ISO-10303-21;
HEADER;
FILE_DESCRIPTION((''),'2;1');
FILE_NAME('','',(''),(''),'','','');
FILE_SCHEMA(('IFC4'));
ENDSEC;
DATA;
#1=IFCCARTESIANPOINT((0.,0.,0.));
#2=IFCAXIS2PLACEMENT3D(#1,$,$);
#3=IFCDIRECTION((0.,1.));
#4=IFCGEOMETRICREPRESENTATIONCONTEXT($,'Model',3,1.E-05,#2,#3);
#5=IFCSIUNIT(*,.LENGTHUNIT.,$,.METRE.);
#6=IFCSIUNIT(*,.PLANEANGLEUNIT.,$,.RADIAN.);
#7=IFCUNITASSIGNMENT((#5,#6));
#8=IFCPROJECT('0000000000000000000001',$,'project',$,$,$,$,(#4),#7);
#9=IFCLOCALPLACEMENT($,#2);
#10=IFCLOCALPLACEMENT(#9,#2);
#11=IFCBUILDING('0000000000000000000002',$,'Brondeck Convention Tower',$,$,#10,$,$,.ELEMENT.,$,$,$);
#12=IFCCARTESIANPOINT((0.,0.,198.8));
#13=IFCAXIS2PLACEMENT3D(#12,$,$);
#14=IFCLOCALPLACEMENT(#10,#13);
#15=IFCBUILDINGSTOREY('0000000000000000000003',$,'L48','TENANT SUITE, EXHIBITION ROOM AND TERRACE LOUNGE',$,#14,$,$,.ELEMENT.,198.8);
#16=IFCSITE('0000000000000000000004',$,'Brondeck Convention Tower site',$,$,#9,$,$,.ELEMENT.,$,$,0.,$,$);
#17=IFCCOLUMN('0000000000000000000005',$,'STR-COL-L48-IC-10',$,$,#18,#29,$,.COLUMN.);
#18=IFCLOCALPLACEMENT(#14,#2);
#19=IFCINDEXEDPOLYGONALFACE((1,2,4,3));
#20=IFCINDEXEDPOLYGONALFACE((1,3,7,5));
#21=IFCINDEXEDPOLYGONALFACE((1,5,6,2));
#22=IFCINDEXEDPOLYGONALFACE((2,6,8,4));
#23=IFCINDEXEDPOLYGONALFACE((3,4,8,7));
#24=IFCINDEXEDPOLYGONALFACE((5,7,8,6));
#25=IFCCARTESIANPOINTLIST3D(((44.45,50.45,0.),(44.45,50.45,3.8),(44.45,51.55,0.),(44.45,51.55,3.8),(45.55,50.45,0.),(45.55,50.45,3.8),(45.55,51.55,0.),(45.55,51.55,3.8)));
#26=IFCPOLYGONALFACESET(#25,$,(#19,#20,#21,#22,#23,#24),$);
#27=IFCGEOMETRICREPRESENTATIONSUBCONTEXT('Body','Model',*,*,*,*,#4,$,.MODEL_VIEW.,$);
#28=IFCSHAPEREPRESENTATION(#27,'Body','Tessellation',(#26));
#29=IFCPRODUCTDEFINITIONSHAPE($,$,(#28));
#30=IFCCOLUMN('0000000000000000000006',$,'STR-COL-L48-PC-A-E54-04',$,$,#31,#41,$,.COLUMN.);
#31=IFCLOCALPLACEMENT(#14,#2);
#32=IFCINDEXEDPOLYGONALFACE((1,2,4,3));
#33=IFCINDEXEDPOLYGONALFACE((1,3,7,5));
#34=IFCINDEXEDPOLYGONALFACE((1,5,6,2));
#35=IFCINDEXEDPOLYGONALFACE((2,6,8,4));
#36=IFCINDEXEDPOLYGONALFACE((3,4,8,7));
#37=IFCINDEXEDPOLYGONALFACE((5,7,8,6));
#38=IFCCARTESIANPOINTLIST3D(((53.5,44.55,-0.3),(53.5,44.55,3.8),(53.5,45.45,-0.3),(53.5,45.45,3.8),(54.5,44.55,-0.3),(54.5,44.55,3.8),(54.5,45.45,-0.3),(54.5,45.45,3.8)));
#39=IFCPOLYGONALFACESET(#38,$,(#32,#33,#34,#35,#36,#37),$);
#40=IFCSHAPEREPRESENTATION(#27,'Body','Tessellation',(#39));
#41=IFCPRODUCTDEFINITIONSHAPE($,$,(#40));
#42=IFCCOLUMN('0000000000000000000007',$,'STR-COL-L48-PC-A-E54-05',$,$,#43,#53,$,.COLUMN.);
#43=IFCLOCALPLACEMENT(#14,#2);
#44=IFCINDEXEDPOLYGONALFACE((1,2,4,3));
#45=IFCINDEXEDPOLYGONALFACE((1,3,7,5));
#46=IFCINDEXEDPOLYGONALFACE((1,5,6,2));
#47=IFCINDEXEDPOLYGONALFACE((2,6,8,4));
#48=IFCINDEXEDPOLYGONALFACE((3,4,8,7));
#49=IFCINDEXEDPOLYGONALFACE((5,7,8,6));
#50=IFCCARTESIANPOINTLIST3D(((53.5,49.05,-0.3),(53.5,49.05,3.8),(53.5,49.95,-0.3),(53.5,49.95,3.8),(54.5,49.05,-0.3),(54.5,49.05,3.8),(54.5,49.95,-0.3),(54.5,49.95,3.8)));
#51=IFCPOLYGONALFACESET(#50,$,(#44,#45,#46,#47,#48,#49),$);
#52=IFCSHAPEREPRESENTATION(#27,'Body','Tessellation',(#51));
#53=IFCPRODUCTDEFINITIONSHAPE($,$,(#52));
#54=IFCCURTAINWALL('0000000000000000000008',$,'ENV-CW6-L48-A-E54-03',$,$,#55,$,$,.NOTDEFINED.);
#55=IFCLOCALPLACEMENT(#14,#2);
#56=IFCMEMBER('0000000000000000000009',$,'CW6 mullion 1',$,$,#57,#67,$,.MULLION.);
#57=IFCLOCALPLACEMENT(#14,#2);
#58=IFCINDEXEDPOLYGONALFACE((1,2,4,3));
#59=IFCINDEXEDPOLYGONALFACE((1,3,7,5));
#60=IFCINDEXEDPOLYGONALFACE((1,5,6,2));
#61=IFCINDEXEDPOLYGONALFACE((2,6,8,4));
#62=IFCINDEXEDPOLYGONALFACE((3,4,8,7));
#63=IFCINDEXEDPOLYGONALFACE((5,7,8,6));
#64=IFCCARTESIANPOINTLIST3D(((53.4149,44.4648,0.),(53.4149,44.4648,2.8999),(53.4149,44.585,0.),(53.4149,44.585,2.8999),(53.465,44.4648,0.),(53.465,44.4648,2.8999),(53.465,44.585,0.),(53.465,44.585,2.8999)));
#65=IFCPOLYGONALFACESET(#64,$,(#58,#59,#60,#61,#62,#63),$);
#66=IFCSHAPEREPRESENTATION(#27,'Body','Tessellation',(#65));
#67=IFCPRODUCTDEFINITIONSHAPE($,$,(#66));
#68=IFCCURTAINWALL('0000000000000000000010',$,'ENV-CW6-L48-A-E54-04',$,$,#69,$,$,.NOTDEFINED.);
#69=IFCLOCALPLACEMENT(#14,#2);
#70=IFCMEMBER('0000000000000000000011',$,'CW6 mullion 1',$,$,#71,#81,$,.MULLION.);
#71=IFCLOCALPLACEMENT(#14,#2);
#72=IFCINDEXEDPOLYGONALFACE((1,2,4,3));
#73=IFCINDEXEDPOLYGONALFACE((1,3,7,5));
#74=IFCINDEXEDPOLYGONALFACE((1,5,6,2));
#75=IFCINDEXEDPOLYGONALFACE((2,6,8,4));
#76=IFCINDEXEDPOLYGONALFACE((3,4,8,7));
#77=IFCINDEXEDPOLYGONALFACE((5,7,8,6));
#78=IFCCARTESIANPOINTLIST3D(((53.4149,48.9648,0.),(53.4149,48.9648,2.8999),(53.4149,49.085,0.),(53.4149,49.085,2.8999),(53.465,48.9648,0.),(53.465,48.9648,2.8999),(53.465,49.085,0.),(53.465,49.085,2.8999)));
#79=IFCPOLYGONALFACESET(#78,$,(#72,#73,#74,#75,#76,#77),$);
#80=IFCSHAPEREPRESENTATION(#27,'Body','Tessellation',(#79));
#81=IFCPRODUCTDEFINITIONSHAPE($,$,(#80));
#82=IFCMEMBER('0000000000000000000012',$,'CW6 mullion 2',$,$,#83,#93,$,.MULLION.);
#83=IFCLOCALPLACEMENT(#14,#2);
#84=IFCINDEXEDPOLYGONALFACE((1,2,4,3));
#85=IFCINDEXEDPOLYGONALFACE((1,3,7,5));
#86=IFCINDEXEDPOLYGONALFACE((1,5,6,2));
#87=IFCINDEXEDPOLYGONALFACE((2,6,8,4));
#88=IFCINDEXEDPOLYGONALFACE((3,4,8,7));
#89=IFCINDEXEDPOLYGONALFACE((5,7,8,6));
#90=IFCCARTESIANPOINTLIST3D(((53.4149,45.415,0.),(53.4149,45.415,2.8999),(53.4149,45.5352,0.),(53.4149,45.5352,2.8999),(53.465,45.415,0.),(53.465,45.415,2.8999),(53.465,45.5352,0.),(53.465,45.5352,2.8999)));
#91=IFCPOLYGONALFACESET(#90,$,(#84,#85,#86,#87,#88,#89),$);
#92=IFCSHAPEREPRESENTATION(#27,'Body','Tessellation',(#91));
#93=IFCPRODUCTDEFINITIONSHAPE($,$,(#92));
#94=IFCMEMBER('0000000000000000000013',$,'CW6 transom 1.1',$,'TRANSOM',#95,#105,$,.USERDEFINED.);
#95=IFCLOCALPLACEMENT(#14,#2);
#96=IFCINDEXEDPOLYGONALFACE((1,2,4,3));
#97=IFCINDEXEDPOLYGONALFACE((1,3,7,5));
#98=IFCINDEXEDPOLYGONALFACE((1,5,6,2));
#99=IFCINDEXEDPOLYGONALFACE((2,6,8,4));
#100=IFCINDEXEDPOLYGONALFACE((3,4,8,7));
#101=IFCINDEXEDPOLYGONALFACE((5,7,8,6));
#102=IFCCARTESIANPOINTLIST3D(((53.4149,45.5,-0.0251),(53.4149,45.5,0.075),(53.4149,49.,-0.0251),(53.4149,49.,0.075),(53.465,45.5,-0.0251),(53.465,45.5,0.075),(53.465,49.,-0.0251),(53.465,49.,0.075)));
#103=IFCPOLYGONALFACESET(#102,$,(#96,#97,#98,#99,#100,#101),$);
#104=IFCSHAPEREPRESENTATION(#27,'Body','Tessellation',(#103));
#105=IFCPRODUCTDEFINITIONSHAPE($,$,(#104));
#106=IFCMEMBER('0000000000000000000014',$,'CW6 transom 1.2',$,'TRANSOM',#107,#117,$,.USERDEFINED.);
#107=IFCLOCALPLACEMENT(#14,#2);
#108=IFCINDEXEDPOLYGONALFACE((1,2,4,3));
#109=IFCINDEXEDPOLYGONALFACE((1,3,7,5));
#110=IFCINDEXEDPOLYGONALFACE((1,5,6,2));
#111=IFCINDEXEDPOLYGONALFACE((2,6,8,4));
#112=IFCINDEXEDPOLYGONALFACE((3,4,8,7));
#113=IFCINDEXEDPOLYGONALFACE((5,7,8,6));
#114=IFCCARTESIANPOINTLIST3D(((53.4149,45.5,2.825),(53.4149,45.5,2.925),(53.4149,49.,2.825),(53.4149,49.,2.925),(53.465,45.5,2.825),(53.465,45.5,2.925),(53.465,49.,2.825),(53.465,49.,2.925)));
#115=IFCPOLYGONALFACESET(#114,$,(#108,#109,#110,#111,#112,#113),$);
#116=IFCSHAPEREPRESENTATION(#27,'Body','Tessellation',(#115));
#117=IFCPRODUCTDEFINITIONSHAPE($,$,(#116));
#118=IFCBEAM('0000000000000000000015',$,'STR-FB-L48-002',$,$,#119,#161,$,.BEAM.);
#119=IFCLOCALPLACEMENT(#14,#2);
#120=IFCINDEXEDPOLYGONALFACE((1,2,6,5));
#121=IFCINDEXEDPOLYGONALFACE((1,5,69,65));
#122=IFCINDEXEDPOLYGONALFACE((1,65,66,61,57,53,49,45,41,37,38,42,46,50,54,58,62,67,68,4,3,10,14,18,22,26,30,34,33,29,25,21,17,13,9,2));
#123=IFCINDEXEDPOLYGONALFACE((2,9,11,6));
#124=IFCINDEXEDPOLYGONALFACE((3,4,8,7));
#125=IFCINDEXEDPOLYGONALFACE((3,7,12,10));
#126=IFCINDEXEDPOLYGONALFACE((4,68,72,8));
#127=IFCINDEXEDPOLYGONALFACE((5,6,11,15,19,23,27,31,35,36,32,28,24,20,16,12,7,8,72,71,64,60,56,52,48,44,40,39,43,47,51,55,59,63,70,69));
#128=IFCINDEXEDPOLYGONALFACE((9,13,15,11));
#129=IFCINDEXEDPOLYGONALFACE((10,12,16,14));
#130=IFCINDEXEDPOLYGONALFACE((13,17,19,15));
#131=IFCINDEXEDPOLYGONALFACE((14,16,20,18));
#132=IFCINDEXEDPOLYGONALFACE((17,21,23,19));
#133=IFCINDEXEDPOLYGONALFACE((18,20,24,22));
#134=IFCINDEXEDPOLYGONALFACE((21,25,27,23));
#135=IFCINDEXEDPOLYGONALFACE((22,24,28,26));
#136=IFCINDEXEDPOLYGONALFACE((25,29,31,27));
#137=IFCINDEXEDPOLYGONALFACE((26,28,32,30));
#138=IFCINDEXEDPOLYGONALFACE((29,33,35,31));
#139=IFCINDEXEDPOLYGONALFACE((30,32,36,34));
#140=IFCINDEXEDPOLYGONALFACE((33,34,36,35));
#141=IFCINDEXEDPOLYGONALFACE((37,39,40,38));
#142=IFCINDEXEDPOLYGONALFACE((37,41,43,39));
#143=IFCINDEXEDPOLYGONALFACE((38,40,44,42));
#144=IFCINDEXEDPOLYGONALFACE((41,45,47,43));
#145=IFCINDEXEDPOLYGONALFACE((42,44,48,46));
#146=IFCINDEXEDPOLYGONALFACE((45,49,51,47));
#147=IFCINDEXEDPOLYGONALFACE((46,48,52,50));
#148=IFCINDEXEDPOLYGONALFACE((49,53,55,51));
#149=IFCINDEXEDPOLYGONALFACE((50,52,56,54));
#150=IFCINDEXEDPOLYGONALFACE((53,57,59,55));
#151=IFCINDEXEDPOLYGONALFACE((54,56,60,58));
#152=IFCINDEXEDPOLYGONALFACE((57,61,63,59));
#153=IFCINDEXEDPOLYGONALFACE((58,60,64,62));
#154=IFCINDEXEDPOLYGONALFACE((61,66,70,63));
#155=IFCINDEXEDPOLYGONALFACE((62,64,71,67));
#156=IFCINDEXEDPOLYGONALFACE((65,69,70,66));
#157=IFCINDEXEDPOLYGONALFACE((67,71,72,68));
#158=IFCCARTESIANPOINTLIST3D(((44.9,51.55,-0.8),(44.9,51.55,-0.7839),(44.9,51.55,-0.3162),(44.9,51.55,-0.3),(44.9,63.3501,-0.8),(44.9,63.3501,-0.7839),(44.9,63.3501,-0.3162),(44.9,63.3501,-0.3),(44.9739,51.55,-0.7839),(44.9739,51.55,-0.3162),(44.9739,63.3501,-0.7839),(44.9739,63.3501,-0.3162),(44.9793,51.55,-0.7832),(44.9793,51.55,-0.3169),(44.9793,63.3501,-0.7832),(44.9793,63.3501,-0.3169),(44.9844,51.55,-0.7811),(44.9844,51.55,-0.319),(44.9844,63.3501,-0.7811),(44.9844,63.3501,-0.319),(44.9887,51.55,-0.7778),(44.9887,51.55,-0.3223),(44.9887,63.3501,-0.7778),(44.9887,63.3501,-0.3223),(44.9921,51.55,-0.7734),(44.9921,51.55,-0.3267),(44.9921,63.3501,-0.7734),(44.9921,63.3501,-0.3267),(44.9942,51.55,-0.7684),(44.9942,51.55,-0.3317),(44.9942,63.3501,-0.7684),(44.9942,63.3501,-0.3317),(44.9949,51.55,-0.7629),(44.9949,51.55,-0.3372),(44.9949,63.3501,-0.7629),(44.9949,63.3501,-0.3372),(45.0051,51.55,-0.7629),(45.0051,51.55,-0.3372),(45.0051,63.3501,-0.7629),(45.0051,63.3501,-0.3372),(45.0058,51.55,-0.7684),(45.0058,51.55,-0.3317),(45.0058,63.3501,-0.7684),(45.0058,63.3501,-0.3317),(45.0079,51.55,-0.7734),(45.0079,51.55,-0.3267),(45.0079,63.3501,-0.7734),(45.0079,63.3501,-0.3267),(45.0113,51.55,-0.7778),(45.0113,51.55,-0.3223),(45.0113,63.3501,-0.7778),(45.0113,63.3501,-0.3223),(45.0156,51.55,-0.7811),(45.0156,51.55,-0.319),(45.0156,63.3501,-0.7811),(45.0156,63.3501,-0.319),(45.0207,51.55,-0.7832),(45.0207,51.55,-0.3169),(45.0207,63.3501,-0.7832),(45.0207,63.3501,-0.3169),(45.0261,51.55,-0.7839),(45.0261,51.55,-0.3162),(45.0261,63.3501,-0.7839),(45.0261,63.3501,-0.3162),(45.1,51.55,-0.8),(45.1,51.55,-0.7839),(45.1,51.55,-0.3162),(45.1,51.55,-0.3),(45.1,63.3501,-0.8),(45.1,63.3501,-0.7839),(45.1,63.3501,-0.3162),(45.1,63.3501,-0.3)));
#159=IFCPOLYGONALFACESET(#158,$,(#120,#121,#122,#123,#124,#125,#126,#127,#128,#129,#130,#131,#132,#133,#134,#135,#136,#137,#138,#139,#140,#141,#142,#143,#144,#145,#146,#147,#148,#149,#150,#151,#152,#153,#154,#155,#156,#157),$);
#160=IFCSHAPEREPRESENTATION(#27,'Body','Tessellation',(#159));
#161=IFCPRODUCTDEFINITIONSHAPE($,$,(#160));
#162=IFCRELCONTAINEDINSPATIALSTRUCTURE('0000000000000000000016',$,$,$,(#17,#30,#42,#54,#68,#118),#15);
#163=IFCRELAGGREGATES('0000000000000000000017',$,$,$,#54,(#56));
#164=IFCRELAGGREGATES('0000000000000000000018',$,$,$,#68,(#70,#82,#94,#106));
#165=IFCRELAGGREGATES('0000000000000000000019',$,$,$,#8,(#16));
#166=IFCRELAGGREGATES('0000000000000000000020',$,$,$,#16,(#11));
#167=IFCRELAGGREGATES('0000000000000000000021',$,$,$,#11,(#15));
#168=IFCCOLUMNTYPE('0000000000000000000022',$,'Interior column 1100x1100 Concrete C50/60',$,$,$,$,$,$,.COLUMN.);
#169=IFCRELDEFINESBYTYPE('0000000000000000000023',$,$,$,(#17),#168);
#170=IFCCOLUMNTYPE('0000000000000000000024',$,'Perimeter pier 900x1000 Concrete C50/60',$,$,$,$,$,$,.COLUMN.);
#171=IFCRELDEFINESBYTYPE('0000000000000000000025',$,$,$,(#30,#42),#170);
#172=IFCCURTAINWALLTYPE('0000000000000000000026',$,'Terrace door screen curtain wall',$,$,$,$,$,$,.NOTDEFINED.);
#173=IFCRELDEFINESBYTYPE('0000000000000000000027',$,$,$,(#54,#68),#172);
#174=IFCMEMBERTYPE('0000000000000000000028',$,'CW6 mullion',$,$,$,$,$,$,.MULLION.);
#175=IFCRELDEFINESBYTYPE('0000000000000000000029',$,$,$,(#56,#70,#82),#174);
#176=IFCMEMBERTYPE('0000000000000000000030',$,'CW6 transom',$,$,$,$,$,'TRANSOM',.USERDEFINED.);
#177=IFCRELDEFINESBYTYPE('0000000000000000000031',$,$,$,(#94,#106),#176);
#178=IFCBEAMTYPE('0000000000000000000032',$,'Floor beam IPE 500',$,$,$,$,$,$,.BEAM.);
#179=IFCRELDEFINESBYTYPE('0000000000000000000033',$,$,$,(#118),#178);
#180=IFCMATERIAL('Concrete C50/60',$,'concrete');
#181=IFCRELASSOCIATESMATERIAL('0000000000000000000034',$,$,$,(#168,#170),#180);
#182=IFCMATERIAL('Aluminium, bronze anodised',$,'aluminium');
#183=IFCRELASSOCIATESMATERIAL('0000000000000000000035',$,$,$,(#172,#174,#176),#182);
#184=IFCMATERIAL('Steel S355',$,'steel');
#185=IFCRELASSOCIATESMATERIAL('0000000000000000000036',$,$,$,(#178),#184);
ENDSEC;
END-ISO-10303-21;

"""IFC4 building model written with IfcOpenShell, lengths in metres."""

from ifc_helpers import new_model, si_unit, direction, frame, origin, origin_2d, place, context, subcontext, project, spatial, rectangle, i_section, extrude, material, material_profile, profile_set, type_object, element, aggregate, save


model = new_model("IFC4")

# Units and contexts
model_context = context("Model", 3, precision=1e-05, world=origin(), true_north=direction((0.0, 1.0)))
body_context = subcontext(model_context, "Body", "Model", "MODEL_VIEW")
ifc_project = project(units=[si_unit("LENGTHUNIT", "METRE"), si_unit("PLANEANGLEUNIT", "RADIAN")], contexts=[model_context])

# Site, building, storey
site_placement = place(None, origin())
site = spatial("IfcSite", under=ifc_project, at=site_placement, Name="Brondeck Convention Tower site", CompositionType="ELEMENT", RefElevation=0.0)
building_placement = place(site_placement, origin())
building = spatial("IfcBuilding", under=site, at=building_placement, Name="Brondeck Convention Tower", CompositionType="ELEMENT")
storey_placement = place(building_placement, frame((0.0, 0.0, 198.8)))
storey = spatial("IfcBuildingStorey", under=building, at=storey_placement, Name="L48", Description="TENANT SUITE, EXHIBITION ROOM AND TERRACE LOUNGE", CompositionType="ELEMENT", Elevation=198.8)

# Columns
ifc_material_1 = material(Name="Concrete C50/60", Category="concrete")
ifc_material_profile_1 = material_profile(ifc_material_1, rectangle(XDim=1.1001, YDim=1.1001, at=origin_2d()), Name="Interior column 1100x1100 Concrete C50/60")
ifc_profile_set_1 = profile_set([ifc_material_profile_1], Name="Concrete C50/60")
column_type_1 = type_object("IfcColumnType", Name="Interior column 1100x1100 Concrete C50/60", PredefinedType="COLUMN", material=ifc_profile_set_1)
column_placement = place(storey_placement, frame((45.0, 51.0, 0.0), z_axis=(0.0, 0.0, 1.0), x_axis=(1.0, 0.0, 0.0)))
element("IfcColumn", 1, at=column_placement, inside=storey, type_object=column_type_1, Name="STR-COL-L48-IC-10", PredefinedType="COLUMN", context=body_context, shape_type="SweptSolid", body=[
    extrude(rectangle(XDim=1.1001, YDim=1.1001, at=origin_2d()), origin(), (0.0, 0.0, 1.0), 3.8),
])
ifc_material_profile_2 = material_profile(ifc_material_1, rectangle(XDim=0.8999, YDim=1.0, at=origin_2d()), Name="Perimeter pier 900x1000 Concrete C50/60")
ifc_profile_set_2 = profile_set([ifc_material_profile_2], Name="Concrete C50/60")
column_type_2 = type_object("IfcColumnType", Name="Perimeter pier 900x1000 Concrete C50/60", PredefinedType="COLUMN", material=ifc_profile_set_2)
for number, where, z_axis, x_axis, name in (
    (2, (54.0, 45.0, -0.3), (0.0, 0.0, 1.0), (0.0, 1.0, 0.0), "STR-COL-L48-PC-A-E54-04"),
    (3, (54.0, 49.5, -0.3), (0.0, 0.0, 1.0), (0.0, 1.0, 0.0), "STR-COL-L48-PC-A-E54-05"),
):
    element("IfcColumn", number, at=place(storey_placement, frame(where, z_axis=z_axis, x_axis=x_axis)), inside=storey, type_object=column_type_2, Name=name, PredefinedType="COLUMN", context=body_context, shape_type="SweptSolid", body=[
        extrude(rectangle(XDim=0.8999, YDim=1.0, at=origin_2d()), origin(), (0.0, 0.0, 1.0), 4.1001),
    ])

# Curtain wall, member
ifc_material_2 = material(Name="Aluminium, bronze anodised", Category="aluminium")
curtain_wall_type = type_object("IfcCurtainWallType", Name="Terrace door screen curtain wall", PredefinedType="NOTDEFINED", material=ifc_material_2)
curtain_wall_1_placement = place(storey_placement, origin())
curtain_wall_1 = element("IfcCurtainWall", 4, at=curtain_wall_1_placement, inside=storey, type_object=curtain_wall_type, Name="ENV-CW6-L48-A-E54-03", PredefinedType="NOTDEFINED")
ifc_material_profile_3 = material_profile(ifc_material_2, rectangle(XDim=0.05, YDim=0.1201, at=origin_2d()), Name="CW6 mullion")
ifc_profile_set_3 = profile_set([ifc_material_profile_3], Name="Aluminium, bronze anodised")
member_type_1 = type_object("IfcMemberType", Name="CW6 mullion", PredefinedType="MULLION", material=ifc_profile_set_3)
member_1_placement = place(storey_placement, frame((53.4399, 44.5249, 0.0), z_axis=(0.0, 0.0, 1.0), x_axis=(1.0, 0.0, 0.0)))
member_1 = element("IfcMember", 5, at=member_1_placement, type_object=member_type_1, Name="CW6 mullion 1", PredefinedType="MULLION", context=body_context, shape_type="SweptSolid", body=[
    extrude(rectangle(XDim=0.05, YDim=0.1201, at=origin_2d()), origin(), (0.0, 0.0, 1.0), 2.8999),
])
aggregate(curtain_wall_1, [member_1])

# Curtain wall, members
curtain_wall_2_placement = place(storey_placement, origin())
curtain_wall_2 = element("IfcCurtainWall", 6, at=curtain_wall_2_placement, inside=storey, type_object=curtain_wall_type, Name="ENV-CW6-L48-A-E54-04", PredefinedType="NOTDEFINED")
member_2_placement = place(storey_placement, frame((53.4399, 49.0249, 0.0), z_axis=(0.0, 0.0, 1.0), x_axis=(1.0, 0.0, 0.0)))
member_2 = element("IfcMember", 7, at=member_2_placement, type_object=member_type_1, Name="CW6 mullion 1", PredefinedType="MULLION", context=body_context, shape_type="SweptSolid", body=[
    extrude(rectangle(XDim=0.05, YDim=0.1201, at=origin_2d()), origin(), (0.0, 0.0, 1.0), 2.8999),
])
member_3_placement = place(storey_placement, frame((53.4399, 45.4751, 0.0), z_axis=(0.0, 0.0, 1.0), x_axis=(1.0, 0.0, 0.0)))
member_3 = element("IfcMember", 8, at=member_3_placement, type_object=member_type_1, Name="CW6 mullion 2", PredefinedType="MULLION", context=body_context, shape_type="SweptSolid", body=[
    extrude(rectangle(XDim=0.05, YDim=0.1201, at=origin_2d()), origin(), (0.0, 0.0, 1.0), 2.8999),
])
ifc_material_profile_4 = material_profile(ifc_material_2, rectangle(XDim=0.05, YDim=0.1001, at=origin_2d()), Name="CW6 transom")
ifc_profile_set_4 = profile_set([ifc_material_profile_4], Name="Aluminium, bronze anodised")
member_type_2 = type_object("IfcMemberType", Name="CW6 transom", ElementType="TRANSOM", PredefinedType="USERDEFINED", material=ifc_profile_set_4)
member_4_placement = place(storey_placement, frame((53.4399, 49.0, 0.0249), z_axis=(0.0, -1.0, 0.0), x_axis=(1.0, 0.0, 0.0)))
member_4 = element("IfcMember", 9, at=member_4_placement, type_object=member_type_2, Name="CW6 transom 1.1", ObjectType="TRANSOM", PredefinedType="USERDEFINED", context=body_context, shape_type="SweptSolid", body=[
    extrude(rectangle(XDim=0.05, YDim=0.1001, at=origin_2d()), origin(), (0.0, 0.0, 1.0), 3.5),
])
member_5_placement = place(storey_placement, frame((53.4399, 49.0, 2.875), z_axis=(0.0, -1.0, 0.0), x_axis=(1.0, 0.0, 0.0)))
member_5 = element("IfcMember", 10, at=member_5_placement, type_object=member_type_2, Name="CW6 transom 1.2", ObjectType="TRANSOM", PredefinedType="USERDEFINED", context=body_context, shape_type="SweptSolid", body=[
    extrude(rectangle(XDim=0.05, YDim=0.1001, at=origin_2d()), origin(), (0.0, 0.0, 1.0), 3.5),
])

# Beam
ifc_material_3 = material(Name="Steel S355", Category="steel")
ifc_material_profile_5 = material_profile(ifc_material_3, i_section(OverallWidth=0.2, OverallDepth=0.5, WebThickness=0.0103, FlangeThickness=0.0161, FilletRadius=0.021, at=origin_2d()), Name="IPE 500")
ifc_profile_set_5 = profile_set([ifc_material_profile_5], Name="Steel S355")
beam_type_1 = type_object("IfcBeamType", Name="Floor beam IPE 500", PredefinedType="BEAM", material=ifc_profile_set_5)
beam_1_placement = place(storey_placement, frame((45.0, 51.55, -0.55), z_axis=(0.0, 1.0, 0.0), x_axis=(-1.0, 0.0, 0.0)))
element("IfcBeam", 11, at=beam_1_placement, inside=storey, type_object=beam_type_1, Name="STR-FB-L48-002", PredefinedType="BEAM", context=body_context, shape_type="SweptSolid", body=[
    extrude(i_section(OverallWidth=0.2, OverallDepth=0.5, WebThickness=0.0103, FlangeThickness=0.0161, FilletRadius=0.021, at=origin_2d()), origin(), (0.0, 0.0, 1.0), 11.8),
])

aggregate(curtain_wall_2, [member_2, member_3, member_4, member_5])

save(model, "model.ifc")
